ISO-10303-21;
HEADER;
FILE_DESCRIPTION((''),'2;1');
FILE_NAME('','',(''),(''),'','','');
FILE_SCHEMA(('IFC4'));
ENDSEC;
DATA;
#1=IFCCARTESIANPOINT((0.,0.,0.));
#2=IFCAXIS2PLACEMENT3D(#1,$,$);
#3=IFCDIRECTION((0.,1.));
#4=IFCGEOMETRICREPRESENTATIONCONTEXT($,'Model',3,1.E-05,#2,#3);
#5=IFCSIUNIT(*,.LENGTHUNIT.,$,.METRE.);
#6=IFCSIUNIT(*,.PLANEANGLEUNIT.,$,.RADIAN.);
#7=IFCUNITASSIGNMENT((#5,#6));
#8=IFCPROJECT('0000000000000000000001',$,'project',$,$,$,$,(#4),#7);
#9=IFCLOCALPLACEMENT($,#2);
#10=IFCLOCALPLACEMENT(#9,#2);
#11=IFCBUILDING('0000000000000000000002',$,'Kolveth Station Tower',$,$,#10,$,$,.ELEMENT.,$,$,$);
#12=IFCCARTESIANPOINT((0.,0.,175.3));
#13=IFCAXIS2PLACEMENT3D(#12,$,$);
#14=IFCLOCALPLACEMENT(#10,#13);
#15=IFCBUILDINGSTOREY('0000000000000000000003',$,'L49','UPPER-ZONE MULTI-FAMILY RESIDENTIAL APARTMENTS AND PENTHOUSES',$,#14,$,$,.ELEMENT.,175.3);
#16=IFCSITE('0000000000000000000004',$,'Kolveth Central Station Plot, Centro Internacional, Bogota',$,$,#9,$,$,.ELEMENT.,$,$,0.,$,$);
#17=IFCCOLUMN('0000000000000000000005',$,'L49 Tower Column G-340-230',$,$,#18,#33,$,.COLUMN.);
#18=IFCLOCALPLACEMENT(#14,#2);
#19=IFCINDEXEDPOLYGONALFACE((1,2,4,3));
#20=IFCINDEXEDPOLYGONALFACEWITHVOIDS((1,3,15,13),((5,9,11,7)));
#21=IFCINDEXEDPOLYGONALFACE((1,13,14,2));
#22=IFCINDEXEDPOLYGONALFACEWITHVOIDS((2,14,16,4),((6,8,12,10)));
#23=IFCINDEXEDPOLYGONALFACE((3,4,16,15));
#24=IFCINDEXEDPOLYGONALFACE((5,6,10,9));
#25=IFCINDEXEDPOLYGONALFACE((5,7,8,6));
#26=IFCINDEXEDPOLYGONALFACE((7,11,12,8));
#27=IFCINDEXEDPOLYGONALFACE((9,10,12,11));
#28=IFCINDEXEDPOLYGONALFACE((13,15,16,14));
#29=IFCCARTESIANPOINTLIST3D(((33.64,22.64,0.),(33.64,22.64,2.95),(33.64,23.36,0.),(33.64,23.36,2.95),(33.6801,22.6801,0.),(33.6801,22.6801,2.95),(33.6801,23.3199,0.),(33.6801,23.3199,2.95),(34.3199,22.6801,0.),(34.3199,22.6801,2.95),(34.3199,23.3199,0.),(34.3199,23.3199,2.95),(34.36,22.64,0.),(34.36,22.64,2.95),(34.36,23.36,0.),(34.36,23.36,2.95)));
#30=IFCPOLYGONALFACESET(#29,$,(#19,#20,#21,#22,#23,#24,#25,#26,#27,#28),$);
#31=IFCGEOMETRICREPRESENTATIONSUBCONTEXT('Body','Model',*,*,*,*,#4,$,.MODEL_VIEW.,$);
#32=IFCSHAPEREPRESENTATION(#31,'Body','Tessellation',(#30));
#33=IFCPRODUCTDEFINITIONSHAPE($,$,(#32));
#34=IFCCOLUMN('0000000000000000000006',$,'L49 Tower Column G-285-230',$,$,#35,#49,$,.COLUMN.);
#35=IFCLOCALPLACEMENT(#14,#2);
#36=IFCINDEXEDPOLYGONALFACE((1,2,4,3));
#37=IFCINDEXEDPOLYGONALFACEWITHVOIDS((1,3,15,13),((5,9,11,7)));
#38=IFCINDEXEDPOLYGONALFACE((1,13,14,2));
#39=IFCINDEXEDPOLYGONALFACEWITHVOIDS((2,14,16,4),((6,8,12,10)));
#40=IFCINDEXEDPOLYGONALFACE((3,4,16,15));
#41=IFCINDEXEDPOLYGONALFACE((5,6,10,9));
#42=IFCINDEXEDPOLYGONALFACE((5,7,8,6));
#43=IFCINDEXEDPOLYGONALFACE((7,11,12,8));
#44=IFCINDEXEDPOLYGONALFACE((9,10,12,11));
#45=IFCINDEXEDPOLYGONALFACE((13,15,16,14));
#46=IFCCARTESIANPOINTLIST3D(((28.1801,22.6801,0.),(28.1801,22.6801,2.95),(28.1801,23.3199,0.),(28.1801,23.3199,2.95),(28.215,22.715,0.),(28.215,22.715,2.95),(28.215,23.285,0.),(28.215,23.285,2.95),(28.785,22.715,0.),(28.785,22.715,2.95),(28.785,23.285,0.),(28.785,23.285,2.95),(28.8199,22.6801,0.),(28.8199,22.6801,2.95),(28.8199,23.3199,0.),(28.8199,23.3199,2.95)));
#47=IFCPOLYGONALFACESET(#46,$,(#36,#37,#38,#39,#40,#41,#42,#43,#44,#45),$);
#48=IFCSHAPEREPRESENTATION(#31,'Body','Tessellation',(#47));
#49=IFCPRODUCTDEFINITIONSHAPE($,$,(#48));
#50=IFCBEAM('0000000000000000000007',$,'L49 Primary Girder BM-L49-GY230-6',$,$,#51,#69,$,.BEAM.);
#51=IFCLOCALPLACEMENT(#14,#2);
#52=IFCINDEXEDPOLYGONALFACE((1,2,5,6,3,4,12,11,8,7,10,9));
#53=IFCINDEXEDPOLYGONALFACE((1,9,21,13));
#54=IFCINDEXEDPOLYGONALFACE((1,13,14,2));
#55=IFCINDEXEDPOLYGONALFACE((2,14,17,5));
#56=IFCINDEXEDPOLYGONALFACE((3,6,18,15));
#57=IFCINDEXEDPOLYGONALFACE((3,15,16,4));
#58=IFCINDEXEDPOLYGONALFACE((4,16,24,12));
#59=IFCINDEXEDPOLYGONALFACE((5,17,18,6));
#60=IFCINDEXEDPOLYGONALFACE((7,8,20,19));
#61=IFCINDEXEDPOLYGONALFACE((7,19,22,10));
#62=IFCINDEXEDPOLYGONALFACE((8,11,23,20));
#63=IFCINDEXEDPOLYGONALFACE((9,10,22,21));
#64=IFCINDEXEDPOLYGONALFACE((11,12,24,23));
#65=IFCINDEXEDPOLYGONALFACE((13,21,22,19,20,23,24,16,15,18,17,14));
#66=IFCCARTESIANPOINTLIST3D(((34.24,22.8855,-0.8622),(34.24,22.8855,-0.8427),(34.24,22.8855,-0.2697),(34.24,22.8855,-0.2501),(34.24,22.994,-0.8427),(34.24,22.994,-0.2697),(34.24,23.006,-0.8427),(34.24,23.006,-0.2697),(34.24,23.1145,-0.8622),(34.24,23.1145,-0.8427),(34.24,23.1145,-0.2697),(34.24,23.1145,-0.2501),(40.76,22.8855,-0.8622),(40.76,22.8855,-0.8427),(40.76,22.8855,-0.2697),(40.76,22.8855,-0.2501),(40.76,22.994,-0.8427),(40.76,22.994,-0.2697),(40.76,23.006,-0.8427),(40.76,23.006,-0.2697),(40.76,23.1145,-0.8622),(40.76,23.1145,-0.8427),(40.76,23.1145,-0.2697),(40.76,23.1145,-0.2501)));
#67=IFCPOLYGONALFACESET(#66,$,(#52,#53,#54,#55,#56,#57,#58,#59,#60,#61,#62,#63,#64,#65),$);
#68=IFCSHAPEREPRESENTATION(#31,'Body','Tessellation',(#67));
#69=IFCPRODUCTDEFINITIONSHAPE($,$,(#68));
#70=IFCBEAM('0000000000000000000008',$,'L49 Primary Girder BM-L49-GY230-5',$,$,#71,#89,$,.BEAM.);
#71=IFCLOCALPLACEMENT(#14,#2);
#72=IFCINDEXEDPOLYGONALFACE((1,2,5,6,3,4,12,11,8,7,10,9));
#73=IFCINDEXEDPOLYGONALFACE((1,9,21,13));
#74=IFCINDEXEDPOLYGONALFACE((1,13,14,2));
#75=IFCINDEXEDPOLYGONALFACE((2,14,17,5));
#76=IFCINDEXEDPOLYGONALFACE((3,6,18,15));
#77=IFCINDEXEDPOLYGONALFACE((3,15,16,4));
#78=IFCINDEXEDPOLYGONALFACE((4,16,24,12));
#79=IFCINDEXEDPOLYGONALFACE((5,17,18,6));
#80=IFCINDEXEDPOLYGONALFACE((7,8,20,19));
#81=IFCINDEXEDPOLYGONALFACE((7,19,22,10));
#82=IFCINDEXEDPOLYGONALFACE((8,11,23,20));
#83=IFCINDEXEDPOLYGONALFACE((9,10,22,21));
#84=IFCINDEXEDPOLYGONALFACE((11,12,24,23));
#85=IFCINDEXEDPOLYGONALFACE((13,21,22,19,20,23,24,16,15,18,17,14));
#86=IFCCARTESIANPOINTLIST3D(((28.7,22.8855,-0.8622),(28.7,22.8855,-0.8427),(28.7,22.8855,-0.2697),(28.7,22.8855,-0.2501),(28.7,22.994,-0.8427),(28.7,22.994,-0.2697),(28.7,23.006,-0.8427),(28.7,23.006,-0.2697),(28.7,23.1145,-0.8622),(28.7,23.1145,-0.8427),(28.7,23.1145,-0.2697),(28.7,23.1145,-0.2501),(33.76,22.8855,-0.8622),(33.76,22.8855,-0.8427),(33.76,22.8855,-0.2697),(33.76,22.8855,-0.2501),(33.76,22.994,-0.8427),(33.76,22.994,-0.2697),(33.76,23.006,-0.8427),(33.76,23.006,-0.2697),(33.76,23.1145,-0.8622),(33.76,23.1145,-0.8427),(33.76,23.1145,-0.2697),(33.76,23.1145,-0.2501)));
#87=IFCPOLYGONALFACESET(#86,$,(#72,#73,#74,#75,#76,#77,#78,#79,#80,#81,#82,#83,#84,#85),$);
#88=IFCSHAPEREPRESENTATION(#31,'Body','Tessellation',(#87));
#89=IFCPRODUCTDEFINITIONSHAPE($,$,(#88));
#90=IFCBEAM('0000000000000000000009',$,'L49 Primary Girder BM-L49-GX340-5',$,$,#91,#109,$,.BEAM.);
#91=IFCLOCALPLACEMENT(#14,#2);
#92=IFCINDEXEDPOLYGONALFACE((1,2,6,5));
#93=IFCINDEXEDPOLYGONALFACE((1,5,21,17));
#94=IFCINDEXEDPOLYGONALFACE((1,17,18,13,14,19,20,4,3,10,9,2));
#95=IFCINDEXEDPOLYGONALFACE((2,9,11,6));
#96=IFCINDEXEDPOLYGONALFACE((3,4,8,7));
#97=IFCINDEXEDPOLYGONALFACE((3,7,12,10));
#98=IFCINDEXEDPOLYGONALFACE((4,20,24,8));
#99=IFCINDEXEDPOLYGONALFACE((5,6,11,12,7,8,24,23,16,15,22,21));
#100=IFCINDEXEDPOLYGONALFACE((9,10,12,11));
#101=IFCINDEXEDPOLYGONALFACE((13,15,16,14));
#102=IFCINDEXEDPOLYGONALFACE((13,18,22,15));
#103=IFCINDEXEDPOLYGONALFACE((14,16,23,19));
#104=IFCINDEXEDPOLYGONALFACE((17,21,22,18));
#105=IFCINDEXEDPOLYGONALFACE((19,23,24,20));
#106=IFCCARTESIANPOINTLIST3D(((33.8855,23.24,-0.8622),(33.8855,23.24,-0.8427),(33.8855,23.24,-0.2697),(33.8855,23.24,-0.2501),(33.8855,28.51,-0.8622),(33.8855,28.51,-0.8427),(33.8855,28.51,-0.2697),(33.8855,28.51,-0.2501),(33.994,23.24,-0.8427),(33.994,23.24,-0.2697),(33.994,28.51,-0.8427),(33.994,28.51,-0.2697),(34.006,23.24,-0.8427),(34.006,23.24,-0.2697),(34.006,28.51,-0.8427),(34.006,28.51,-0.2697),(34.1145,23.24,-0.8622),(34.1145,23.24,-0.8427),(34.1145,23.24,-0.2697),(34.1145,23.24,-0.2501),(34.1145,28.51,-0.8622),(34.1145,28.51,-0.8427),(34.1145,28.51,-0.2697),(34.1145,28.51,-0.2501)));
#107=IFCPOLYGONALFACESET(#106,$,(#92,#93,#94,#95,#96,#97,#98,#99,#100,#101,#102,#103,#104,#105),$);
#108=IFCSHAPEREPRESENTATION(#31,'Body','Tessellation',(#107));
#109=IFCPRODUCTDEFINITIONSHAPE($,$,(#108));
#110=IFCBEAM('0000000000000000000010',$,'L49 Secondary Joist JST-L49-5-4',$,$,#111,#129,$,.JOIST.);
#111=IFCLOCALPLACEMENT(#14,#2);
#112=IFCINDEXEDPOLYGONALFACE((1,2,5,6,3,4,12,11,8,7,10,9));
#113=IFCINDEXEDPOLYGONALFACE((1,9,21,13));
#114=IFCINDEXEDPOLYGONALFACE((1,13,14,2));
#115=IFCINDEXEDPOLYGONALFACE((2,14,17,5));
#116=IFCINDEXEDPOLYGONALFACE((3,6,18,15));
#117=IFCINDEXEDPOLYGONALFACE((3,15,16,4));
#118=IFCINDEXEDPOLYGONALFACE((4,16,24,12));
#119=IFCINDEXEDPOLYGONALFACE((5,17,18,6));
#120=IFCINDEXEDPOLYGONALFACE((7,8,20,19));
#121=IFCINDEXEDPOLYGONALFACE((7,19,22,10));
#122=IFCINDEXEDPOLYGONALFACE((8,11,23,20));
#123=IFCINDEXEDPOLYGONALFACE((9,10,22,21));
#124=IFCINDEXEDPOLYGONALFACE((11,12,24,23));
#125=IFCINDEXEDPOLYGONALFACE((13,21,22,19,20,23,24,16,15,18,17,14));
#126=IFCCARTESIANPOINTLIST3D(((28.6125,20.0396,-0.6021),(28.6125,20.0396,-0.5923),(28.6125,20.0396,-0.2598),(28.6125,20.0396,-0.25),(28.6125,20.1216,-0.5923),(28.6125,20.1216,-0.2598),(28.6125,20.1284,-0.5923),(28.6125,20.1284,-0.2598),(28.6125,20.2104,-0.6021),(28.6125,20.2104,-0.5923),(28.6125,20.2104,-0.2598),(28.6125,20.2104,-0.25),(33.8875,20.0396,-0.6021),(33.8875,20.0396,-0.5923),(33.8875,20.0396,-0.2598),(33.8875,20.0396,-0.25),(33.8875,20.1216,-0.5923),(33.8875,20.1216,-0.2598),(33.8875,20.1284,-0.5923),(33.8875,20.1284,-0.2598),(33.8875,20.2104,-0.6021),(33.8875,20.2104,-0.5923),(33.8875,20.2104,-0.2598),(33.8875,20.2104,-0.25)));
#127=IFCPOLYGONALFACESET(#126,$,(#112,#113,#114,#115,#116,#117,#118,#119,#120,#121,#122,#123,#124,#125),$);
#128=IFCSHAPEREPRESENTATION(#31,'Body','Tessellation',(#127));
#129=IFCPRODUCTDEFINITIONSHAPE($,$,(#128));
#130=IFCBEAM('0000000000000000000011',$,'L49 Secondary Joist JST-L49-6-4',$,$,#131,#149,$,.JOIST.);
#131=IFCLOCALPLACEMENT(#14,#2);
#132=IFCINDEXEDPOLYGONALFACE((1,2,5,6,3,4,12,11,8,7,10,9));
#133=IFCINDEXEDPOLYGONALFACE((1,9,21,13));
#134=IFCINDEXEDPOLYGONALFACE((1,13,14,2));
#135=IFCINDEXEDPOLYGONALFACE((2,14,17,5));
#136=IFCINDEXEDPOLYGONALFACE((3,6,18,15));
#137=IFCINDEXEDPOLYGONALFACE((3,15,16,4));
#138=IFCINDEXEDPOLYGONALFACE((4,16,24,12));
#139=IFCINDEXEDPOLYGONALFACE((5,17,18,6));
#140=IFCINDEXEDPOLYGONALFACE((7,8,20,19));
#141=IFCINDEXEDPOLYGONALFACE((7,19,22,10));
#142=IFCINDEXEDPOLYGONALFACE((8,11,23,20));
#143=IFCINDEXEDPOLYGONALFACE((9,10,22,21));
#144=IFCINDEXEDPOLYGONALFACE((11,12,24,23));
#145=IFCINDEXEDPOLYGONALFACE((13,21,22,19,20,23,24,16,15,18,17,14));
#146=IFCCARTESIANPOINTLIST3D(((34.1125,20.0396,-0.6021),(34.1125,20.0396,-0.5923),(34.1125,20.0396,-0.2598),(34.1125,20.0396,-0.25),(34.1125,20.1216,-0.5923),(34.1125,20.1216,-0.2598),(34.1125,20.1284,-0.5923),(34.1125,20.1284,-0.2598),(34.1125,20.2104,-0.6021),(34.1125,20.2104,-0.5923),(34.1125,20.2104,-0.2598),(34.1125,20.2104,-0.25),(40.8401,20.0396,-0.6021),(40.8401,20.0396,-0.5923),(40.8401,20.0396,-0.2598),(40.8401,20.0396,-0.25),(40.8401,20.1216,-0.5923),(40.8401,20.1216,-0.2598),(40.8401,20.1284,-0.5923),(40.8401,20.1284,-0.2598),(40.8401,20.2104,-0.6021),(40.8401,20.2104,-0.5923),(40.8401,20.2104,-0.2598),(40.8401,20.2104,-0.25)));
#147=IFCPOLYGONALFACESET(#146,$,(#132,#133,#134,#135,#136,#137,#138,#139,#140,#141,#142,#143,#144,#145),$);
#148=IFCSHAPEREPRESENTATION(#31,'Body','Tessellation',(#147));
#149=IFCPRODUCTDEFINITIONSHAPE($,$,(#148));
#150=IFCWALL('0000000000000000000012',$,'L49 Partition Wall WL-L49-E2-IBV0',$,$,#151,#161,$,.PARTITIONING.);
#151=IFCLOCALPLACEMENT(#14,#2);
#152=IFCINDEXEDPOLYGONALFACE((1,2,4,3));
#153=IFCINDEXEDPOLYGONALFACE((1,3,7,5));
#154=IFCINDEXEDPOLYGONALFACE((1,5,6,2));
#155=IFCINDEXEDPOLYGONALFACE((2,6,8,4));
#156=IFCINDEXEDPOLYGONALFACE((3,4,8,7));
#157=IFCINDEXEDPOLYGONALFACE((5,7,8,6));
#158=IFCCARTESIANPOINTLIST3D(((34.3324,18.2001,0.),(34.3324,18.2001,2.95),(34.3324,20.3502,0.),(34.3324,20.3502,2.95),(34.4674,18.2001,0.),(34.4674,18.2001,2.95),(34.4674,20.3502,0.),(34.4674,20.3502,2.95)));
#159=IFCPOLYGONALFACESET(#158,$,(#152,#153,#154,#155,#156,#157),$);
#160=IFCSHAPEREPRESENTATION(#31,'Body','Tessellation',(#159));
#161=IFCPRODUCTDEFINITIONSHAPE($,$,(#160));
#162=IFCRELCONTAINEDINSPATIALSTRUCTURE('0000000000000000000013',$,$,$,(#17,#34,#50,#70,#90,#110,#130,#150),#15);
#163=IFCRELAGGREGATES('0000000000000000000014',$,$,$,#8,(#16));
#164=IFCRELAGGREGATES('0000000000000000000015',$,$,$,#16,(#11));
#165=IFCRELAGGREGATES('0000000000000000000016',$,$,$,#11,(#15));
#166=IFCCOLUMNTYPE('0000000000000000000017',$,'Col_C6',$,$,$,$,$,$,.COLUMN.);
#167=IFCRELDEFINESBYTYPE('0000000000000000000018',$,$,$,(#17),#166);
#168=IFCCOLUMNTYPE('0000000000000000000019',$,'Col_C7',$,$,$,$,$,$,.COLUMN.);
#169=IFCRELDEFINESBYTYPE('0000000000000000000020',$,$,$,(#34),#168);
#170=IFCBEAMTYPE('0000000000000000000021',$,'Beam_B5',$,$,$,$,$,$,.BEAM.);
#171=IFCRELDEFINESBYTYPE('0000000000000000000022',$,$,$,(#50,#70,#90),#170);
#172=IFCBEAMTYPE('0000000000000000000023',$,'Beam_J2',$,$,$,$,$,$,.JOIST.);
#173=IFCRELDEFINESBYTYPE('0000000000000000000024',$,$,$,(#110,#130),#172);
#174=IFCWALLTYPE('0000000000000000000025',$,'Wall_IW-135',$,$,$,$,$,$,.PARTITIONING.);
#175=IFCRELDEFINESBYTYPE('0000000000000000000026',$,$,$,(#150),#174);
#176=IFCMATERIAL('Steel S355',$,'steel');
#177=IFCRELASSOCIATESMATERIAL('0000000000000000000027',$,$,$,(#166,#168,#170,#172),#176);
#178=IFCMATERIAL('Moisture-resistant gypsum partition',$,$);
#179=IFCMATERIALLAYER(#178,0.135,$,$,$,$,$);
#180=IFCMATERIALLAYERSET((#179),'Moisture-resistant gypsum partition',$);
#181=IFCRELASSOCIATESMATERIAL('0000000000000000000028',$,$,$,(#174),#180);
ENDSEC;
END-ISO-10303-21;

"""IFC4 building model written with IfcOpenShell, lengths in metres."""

from ifc_helpers import new_model, si_unit, direction, frame, frame_2d, origin, origin_2d, place, context, subcontext, project, spatial, rectangle, hollow_rectangle, i_section, extrude, source, transform, mapped, material, layer, layer_set, material_profile, profile_set, type_object, element, save


model = new_model("IFC4")

# Units and contexts
model_context = context("Model", 3, precision=1e-05, world=origin(), true_north=direction((0.0, 1.0)))
body_context = subcontext(model_context, "Body", "Model", "MODEL_VIEW")
ifc_project = project(units=[si_unit("LENGTHUNIT", "METRE"), si_unit("PLANEANGLEUNIT", "RADIAN")], contexts=[model_context])

# Site, building, storey
site_placement = place(None, origin())
site = spatial("IfcSite", under=ifc_project, at=site_placement, Name="Kolveth Central Station Plot, Centro Internacional, Bogota", CompositionType="ELEMENT", RefElevation=0.0)
building_placement = place(site_placement, origin())
building = spatial("IfcBuilding", under=site, at=building_placement, Name="Kolveth Station Tower", CompositionType="ELEMENT")
storey_placement = place(building_placement, frame((0.0, 0.0, 175.3)))
storey = spatial("IfcBuildingStorey", under=building, at=storey_placement, Name="L49", Description="UPPER-ZONE MULTI-FAMILY RESIDENTIAL APARTMENTS AND PENTHOUSES", CompositionType="ELEMENT", Elevation=175.3)

# Columns
ifc_material_1 = material(Name="Steel S355", Category="steel")
ifc_material_profile_1 = material_profile(ifc_material_1, hollow_rectangle(XDim=0.72, YDim=0.72, WallThickness=0.04, at=origin_2d()), Name="BOX720x720x40")
ifc_profile_set_1 = profile_set([ifc_material_profile_1], Name="Steel S355")
column_type_1 = type_object("IfcColumnType", Name="Col_C6", PredefinedType="COLUMN", material=ifc_profile_set_1)
shared_shape_1 = source(origin(), body_context, "Body", "SweptSolid", [
    extrude(hollow_rectangle(XDim=0.72, YDim=0.72, WallThickness=0.04, at=origin_2d()), origin(), (0.0, 0.0, 1.0), 2.95),
])
column_1_placement = place(storey_placement, frame((34.0, 23.0, 0.0), z_axis=(0.0, 0.0, 1.0), x_axis=(1.0, 0.0, 0.0)))
element("IfcColumn", 1, at=column_1_placement, inside=storey, type_object=column_type_1, Name="L49 Tower Column G-340-230", PredefinedType="COLUMN", context=body_context, shape_type="MappedRepresentation", body=[
    mapped(shared_shape_1, transform((0.0, 0.0, 0.0), x_axis=(1.0, 0.0, 0.0), y_axis=(0.0, 1.0, 0.0), z_axis=(0.0, 0.0, 1.0), scale=1.0)),
])
ifc_material_profile_2 = material_profile(ifc_material_1, hollow_rectangle(XDim=0.6399, YDim=0.6399, WallThickness=0.0349, at=origin_2d()), Name="BOX640x640x35")
ifc_profile_set_2 = profile_set([ifc_material_profile_2], Name="Steel S355")
column_type_2 = type_object("IfcColumnType", Name="Col_C7", PredefinedType="COLUMN", material=ifc_profile_set_2)
shared_shape_2 = source(origin(), body_context, "Body", "SweptSolid", [
    extrude(hollow_rectangle(XDim=0.6399, YDim=0.6399, WallThickness=0.0349, at=origin_2d()), origin(), (0.0, 0.0, 1.0), 2.95),
])
column_2_placement = place(storey_placement, frame((28.5, 23.0, 0.0), z_axis=(0.0, 0.0, 1.0), x_axis=(1.0, 0.0, 0.0)))
element("IfcColumn", 2, at=column_2_placement, inside=storey, type_object=column_type_2, Name="L49 Tower Column G-285-230", PredefinedType="COLUMN", context=body_context, shape_type="MappedRepresentation", body=[
    mapped(shared_shape_2, transform((0.0, 0.0, 0.0), x_axis=(1.0, 0.0, 0.0), y_axis=(0.0, 1.0, 0.0), z_axis=(0.0, 0.0, 1.0), scale=1.0)),
])

# Beams
ifc_material_profile_3 = material_profile(ifc_material_1, i_section(OverallWidth=0.229, OverallDepth=0.6121, WebThickness=0.012, FlangeThickness=0.0195, at=origin_2d()), Name="W610x125")
ifc_profile_set_3 = profile_set([ifc_material_profile_3], Name="Steel S355")
beam_type_1 = type_object("IfcBeamType", Name="Beam_B5", PredefinedType="BEAM", material=ifc_profile_set_3)
shared_shape_3 = source(origin(), body_context, "Body", "SweptSolid", [
    extrude(i_section(OverallWidth=0.229, OverallDepth=0.6121, WebThickness=0.012, FlangeThickness=0.0195, at=origin_2d()), origin(), (0.0, 0.0, 1.0), 6.52),
])
beam_1_placement = place(storey_placement, frame((34.24, 23.0, -0.5562), z_axis=(1.0, 0.0, 0.0), x_axis=(0.0, 1.0, 0.0)))
element("IfcBeam", 3, at=beam_1_placement, inside=storey, type_object=beam_type_1, Name="L49 Primary Girder BM-L49-GY230-6", PredefinedType="BEAM", context=body_context, shape_type="MappedRepresentation", body=[
    mapped(shared_shape_3, transform((0.0, 0.0, 0.0), x_axis=(1.0, 0.0, 0.0), y_axis=(0.0, 1.0, 0.0), z_axis=(0.0, 0.0, 1.0), scale=1.0)),
])
shared_shape_4 = source(origin(), body_context, "Body", "SweptSolid", [
    extrude(i_section(OverallWidth=0.229, OverallDepth=0.6121, WebThickness=0.012, FlangeThickness=0.0195, at=origin_2d()), origin(), (0.0, 0.0, 1.0), 5.0601),
])
beam_2_placement = place(storey_placement, frame((28.7, 23.0, -0.5562), z_axis=(1.0, 0.0, 0.0), x_axis=(0.0, 1.0, 0.0)))
element("IfcBeam", 4, at=beam_2_placement, inside=storey, type_object=beam_type_1, Name="L49 Primary Girder BM-L49-GY230-5", PredefinedType="BEAM", context=body_context, shape_type="MappedRepresentation", body=[
    mapped(shared_shape_4, transform((0.0, 0.0, 0.0), x_axis=(1.0, 0.0, 0.0), y_axis=(0.0, 1.0, 0.0), z_axis=(0.0, 0.0, 1.0), scale=1.0)),
])
shared_shape_5 = source(origin(), body_context, "Body", "SweptSolid", [
    extrude(i_section(OverallWidth=0.229, OverallDepth=0.6121, WebThickness=0.012, FlangeThickness=0.0195, at=origin_2d()), origin(), (0.0, 0.0, 1.0), 5.27),
])
beam_3_placement = place(storey_placement, frame((34.0, 23.24, -0.5562), z_axis=(0.0, 1.0, 0.0), x_axis=(-1.0, 0.0, 0.0)))
element("IfcBeam", 5, at=beam_3_placement, inside=storey, type_object=beam_type_1, Name="L49 Primary Girder BM-L49-GX340-5", PredefinedType="BEAM", context=body_context, shape_type="MappedRepresentation", body=[
    mapped(shared_shape_5, transform((0.0, 0.0, 0.0), x_axis=(1.0, 0.0, 0.0), y_axis=(0.0, 1.0, 0.0), z_axis=(0.0, 0.0, 1.0), scale=1.0)),
])
ifc_material_profile_4 = material_profile(ifc_material_1, i_section(OverallWidth=0.1709, OverallDepth=0.3521, WebThickness=0.0068, FlangeThickness=0.0098, at=origin_2d()), Name="W360x44")
ifc_profile_set_4 = profile_set([ifc_material_profile_4], Name="Steel S355")
beam_type_2 = type_object("IfcBeamType", Name="Beam_J2", PredefinedType="JOIST", material=ifc_profile_set_4)
shared_shape_6 = source(origin(), body_context, "Body", "SweptSolid", [
    extrude(i_section(OverallWidth=0.1709, OverallDepth=0.3521, WebThickness=0.0068, FlangeThickness=0.0098, at=origin_2d()), origin(), (0.0, 0.0, 1.0), 5.2749),
])
beam_4_placement = place(storey_placement, frame((28.6125, 20.125, -0.426), z_axis=(1.0, 0.0, 0.0), x_axis=(0.0, 1.0, 0.0)))
element("IfcBeam", 6, at=beam_4_placement, inside=storey, type_object=beam_type_2, Name="L49 Secondary Joist JST-L49-5-4", PredefinedType="JOIST", context=body_context, shape_type="MappedRepresentation", body=[
    mapped(shared_shape_6, transform((0.0, 0.0, 0.0), x_axis=(1.0, 0.0, 0.0), y_axis=(0.0, 1.0, 0.0), z_axis=(0.0, 0.0, 1.0), scale=1.0)),
])
shared_shape_7 = source(origin(), body_context, "Body", "SweptSolid", [
    extrude(i_section(OverallWidth=0.1709, OverallDepth=0.3521, WebThickness=0.0068, FlangeThickness=0.0098, at=origin_2d()), origin(), (0.0, 0.0, 1.0), 6.7275),
])
beam_5_placement = place(storey_placement, frame((34.1125, 20.125, -0.426), z_axis=(1.0, 0.0, 0.0), x_axis=(0.0, 1.0, 0.0)))
element("IfcBeam", 7, at=beam_5_placement, inside=storey, type_object=beam_type_2, Name="L49 Secondary Joist JST-L49-6-4", PredefinedType="JOIST", context=body_context, shape_type="MappedRepresentation", body=[
    mapped(shared_shape_7, transform((0.0, 0.0, 0.0), x_axis=(1.0, 0.0, 0.0), y_axis=(0.0, 1.0, 0.0), z_axis=(0.0, 0.0, 1.0), scale=1.0)),
])

# Shared definitions
ifc_material_2 = material(Name="Moisture-resistant gypsum partition")
ifc_layer_1 = layer(ifc_material_2, 0.135)
ifc_layer_set_1 = layer_set([ifc_layer_1], Name="Moisture-resistant gypsum partition")
wall_type_1 = type_object("IfcWallType", Name="Wall_IW-135", PredefinedType="PARTITIONING", material=ifc_layer_set_1)

# Wall
wall_1_placement = place(storey_placement, frame((34.3999, 18.2, 0.0), z_axis=(0.0, 0.0, 1.0), x_axis=(0.0, 1.0, 0.0)))
element("IfcWall", 8, at=wall_1_placement, inside=storey, type_object=wall_type_1, Name="L49 Partition Wall WL-L49-E2-IBV0", PredefinedType="PARTITIONING", context=body_context, shape_type="SweptSolid", body=[
    extrude(rectangle(XDim=2.1501, YDim=0.135, at=frame_2d((1.0752, 0.0))), origin(), (0.0, 0.0, 1.0), 2.95),
])

save(model, "model.ifc")
